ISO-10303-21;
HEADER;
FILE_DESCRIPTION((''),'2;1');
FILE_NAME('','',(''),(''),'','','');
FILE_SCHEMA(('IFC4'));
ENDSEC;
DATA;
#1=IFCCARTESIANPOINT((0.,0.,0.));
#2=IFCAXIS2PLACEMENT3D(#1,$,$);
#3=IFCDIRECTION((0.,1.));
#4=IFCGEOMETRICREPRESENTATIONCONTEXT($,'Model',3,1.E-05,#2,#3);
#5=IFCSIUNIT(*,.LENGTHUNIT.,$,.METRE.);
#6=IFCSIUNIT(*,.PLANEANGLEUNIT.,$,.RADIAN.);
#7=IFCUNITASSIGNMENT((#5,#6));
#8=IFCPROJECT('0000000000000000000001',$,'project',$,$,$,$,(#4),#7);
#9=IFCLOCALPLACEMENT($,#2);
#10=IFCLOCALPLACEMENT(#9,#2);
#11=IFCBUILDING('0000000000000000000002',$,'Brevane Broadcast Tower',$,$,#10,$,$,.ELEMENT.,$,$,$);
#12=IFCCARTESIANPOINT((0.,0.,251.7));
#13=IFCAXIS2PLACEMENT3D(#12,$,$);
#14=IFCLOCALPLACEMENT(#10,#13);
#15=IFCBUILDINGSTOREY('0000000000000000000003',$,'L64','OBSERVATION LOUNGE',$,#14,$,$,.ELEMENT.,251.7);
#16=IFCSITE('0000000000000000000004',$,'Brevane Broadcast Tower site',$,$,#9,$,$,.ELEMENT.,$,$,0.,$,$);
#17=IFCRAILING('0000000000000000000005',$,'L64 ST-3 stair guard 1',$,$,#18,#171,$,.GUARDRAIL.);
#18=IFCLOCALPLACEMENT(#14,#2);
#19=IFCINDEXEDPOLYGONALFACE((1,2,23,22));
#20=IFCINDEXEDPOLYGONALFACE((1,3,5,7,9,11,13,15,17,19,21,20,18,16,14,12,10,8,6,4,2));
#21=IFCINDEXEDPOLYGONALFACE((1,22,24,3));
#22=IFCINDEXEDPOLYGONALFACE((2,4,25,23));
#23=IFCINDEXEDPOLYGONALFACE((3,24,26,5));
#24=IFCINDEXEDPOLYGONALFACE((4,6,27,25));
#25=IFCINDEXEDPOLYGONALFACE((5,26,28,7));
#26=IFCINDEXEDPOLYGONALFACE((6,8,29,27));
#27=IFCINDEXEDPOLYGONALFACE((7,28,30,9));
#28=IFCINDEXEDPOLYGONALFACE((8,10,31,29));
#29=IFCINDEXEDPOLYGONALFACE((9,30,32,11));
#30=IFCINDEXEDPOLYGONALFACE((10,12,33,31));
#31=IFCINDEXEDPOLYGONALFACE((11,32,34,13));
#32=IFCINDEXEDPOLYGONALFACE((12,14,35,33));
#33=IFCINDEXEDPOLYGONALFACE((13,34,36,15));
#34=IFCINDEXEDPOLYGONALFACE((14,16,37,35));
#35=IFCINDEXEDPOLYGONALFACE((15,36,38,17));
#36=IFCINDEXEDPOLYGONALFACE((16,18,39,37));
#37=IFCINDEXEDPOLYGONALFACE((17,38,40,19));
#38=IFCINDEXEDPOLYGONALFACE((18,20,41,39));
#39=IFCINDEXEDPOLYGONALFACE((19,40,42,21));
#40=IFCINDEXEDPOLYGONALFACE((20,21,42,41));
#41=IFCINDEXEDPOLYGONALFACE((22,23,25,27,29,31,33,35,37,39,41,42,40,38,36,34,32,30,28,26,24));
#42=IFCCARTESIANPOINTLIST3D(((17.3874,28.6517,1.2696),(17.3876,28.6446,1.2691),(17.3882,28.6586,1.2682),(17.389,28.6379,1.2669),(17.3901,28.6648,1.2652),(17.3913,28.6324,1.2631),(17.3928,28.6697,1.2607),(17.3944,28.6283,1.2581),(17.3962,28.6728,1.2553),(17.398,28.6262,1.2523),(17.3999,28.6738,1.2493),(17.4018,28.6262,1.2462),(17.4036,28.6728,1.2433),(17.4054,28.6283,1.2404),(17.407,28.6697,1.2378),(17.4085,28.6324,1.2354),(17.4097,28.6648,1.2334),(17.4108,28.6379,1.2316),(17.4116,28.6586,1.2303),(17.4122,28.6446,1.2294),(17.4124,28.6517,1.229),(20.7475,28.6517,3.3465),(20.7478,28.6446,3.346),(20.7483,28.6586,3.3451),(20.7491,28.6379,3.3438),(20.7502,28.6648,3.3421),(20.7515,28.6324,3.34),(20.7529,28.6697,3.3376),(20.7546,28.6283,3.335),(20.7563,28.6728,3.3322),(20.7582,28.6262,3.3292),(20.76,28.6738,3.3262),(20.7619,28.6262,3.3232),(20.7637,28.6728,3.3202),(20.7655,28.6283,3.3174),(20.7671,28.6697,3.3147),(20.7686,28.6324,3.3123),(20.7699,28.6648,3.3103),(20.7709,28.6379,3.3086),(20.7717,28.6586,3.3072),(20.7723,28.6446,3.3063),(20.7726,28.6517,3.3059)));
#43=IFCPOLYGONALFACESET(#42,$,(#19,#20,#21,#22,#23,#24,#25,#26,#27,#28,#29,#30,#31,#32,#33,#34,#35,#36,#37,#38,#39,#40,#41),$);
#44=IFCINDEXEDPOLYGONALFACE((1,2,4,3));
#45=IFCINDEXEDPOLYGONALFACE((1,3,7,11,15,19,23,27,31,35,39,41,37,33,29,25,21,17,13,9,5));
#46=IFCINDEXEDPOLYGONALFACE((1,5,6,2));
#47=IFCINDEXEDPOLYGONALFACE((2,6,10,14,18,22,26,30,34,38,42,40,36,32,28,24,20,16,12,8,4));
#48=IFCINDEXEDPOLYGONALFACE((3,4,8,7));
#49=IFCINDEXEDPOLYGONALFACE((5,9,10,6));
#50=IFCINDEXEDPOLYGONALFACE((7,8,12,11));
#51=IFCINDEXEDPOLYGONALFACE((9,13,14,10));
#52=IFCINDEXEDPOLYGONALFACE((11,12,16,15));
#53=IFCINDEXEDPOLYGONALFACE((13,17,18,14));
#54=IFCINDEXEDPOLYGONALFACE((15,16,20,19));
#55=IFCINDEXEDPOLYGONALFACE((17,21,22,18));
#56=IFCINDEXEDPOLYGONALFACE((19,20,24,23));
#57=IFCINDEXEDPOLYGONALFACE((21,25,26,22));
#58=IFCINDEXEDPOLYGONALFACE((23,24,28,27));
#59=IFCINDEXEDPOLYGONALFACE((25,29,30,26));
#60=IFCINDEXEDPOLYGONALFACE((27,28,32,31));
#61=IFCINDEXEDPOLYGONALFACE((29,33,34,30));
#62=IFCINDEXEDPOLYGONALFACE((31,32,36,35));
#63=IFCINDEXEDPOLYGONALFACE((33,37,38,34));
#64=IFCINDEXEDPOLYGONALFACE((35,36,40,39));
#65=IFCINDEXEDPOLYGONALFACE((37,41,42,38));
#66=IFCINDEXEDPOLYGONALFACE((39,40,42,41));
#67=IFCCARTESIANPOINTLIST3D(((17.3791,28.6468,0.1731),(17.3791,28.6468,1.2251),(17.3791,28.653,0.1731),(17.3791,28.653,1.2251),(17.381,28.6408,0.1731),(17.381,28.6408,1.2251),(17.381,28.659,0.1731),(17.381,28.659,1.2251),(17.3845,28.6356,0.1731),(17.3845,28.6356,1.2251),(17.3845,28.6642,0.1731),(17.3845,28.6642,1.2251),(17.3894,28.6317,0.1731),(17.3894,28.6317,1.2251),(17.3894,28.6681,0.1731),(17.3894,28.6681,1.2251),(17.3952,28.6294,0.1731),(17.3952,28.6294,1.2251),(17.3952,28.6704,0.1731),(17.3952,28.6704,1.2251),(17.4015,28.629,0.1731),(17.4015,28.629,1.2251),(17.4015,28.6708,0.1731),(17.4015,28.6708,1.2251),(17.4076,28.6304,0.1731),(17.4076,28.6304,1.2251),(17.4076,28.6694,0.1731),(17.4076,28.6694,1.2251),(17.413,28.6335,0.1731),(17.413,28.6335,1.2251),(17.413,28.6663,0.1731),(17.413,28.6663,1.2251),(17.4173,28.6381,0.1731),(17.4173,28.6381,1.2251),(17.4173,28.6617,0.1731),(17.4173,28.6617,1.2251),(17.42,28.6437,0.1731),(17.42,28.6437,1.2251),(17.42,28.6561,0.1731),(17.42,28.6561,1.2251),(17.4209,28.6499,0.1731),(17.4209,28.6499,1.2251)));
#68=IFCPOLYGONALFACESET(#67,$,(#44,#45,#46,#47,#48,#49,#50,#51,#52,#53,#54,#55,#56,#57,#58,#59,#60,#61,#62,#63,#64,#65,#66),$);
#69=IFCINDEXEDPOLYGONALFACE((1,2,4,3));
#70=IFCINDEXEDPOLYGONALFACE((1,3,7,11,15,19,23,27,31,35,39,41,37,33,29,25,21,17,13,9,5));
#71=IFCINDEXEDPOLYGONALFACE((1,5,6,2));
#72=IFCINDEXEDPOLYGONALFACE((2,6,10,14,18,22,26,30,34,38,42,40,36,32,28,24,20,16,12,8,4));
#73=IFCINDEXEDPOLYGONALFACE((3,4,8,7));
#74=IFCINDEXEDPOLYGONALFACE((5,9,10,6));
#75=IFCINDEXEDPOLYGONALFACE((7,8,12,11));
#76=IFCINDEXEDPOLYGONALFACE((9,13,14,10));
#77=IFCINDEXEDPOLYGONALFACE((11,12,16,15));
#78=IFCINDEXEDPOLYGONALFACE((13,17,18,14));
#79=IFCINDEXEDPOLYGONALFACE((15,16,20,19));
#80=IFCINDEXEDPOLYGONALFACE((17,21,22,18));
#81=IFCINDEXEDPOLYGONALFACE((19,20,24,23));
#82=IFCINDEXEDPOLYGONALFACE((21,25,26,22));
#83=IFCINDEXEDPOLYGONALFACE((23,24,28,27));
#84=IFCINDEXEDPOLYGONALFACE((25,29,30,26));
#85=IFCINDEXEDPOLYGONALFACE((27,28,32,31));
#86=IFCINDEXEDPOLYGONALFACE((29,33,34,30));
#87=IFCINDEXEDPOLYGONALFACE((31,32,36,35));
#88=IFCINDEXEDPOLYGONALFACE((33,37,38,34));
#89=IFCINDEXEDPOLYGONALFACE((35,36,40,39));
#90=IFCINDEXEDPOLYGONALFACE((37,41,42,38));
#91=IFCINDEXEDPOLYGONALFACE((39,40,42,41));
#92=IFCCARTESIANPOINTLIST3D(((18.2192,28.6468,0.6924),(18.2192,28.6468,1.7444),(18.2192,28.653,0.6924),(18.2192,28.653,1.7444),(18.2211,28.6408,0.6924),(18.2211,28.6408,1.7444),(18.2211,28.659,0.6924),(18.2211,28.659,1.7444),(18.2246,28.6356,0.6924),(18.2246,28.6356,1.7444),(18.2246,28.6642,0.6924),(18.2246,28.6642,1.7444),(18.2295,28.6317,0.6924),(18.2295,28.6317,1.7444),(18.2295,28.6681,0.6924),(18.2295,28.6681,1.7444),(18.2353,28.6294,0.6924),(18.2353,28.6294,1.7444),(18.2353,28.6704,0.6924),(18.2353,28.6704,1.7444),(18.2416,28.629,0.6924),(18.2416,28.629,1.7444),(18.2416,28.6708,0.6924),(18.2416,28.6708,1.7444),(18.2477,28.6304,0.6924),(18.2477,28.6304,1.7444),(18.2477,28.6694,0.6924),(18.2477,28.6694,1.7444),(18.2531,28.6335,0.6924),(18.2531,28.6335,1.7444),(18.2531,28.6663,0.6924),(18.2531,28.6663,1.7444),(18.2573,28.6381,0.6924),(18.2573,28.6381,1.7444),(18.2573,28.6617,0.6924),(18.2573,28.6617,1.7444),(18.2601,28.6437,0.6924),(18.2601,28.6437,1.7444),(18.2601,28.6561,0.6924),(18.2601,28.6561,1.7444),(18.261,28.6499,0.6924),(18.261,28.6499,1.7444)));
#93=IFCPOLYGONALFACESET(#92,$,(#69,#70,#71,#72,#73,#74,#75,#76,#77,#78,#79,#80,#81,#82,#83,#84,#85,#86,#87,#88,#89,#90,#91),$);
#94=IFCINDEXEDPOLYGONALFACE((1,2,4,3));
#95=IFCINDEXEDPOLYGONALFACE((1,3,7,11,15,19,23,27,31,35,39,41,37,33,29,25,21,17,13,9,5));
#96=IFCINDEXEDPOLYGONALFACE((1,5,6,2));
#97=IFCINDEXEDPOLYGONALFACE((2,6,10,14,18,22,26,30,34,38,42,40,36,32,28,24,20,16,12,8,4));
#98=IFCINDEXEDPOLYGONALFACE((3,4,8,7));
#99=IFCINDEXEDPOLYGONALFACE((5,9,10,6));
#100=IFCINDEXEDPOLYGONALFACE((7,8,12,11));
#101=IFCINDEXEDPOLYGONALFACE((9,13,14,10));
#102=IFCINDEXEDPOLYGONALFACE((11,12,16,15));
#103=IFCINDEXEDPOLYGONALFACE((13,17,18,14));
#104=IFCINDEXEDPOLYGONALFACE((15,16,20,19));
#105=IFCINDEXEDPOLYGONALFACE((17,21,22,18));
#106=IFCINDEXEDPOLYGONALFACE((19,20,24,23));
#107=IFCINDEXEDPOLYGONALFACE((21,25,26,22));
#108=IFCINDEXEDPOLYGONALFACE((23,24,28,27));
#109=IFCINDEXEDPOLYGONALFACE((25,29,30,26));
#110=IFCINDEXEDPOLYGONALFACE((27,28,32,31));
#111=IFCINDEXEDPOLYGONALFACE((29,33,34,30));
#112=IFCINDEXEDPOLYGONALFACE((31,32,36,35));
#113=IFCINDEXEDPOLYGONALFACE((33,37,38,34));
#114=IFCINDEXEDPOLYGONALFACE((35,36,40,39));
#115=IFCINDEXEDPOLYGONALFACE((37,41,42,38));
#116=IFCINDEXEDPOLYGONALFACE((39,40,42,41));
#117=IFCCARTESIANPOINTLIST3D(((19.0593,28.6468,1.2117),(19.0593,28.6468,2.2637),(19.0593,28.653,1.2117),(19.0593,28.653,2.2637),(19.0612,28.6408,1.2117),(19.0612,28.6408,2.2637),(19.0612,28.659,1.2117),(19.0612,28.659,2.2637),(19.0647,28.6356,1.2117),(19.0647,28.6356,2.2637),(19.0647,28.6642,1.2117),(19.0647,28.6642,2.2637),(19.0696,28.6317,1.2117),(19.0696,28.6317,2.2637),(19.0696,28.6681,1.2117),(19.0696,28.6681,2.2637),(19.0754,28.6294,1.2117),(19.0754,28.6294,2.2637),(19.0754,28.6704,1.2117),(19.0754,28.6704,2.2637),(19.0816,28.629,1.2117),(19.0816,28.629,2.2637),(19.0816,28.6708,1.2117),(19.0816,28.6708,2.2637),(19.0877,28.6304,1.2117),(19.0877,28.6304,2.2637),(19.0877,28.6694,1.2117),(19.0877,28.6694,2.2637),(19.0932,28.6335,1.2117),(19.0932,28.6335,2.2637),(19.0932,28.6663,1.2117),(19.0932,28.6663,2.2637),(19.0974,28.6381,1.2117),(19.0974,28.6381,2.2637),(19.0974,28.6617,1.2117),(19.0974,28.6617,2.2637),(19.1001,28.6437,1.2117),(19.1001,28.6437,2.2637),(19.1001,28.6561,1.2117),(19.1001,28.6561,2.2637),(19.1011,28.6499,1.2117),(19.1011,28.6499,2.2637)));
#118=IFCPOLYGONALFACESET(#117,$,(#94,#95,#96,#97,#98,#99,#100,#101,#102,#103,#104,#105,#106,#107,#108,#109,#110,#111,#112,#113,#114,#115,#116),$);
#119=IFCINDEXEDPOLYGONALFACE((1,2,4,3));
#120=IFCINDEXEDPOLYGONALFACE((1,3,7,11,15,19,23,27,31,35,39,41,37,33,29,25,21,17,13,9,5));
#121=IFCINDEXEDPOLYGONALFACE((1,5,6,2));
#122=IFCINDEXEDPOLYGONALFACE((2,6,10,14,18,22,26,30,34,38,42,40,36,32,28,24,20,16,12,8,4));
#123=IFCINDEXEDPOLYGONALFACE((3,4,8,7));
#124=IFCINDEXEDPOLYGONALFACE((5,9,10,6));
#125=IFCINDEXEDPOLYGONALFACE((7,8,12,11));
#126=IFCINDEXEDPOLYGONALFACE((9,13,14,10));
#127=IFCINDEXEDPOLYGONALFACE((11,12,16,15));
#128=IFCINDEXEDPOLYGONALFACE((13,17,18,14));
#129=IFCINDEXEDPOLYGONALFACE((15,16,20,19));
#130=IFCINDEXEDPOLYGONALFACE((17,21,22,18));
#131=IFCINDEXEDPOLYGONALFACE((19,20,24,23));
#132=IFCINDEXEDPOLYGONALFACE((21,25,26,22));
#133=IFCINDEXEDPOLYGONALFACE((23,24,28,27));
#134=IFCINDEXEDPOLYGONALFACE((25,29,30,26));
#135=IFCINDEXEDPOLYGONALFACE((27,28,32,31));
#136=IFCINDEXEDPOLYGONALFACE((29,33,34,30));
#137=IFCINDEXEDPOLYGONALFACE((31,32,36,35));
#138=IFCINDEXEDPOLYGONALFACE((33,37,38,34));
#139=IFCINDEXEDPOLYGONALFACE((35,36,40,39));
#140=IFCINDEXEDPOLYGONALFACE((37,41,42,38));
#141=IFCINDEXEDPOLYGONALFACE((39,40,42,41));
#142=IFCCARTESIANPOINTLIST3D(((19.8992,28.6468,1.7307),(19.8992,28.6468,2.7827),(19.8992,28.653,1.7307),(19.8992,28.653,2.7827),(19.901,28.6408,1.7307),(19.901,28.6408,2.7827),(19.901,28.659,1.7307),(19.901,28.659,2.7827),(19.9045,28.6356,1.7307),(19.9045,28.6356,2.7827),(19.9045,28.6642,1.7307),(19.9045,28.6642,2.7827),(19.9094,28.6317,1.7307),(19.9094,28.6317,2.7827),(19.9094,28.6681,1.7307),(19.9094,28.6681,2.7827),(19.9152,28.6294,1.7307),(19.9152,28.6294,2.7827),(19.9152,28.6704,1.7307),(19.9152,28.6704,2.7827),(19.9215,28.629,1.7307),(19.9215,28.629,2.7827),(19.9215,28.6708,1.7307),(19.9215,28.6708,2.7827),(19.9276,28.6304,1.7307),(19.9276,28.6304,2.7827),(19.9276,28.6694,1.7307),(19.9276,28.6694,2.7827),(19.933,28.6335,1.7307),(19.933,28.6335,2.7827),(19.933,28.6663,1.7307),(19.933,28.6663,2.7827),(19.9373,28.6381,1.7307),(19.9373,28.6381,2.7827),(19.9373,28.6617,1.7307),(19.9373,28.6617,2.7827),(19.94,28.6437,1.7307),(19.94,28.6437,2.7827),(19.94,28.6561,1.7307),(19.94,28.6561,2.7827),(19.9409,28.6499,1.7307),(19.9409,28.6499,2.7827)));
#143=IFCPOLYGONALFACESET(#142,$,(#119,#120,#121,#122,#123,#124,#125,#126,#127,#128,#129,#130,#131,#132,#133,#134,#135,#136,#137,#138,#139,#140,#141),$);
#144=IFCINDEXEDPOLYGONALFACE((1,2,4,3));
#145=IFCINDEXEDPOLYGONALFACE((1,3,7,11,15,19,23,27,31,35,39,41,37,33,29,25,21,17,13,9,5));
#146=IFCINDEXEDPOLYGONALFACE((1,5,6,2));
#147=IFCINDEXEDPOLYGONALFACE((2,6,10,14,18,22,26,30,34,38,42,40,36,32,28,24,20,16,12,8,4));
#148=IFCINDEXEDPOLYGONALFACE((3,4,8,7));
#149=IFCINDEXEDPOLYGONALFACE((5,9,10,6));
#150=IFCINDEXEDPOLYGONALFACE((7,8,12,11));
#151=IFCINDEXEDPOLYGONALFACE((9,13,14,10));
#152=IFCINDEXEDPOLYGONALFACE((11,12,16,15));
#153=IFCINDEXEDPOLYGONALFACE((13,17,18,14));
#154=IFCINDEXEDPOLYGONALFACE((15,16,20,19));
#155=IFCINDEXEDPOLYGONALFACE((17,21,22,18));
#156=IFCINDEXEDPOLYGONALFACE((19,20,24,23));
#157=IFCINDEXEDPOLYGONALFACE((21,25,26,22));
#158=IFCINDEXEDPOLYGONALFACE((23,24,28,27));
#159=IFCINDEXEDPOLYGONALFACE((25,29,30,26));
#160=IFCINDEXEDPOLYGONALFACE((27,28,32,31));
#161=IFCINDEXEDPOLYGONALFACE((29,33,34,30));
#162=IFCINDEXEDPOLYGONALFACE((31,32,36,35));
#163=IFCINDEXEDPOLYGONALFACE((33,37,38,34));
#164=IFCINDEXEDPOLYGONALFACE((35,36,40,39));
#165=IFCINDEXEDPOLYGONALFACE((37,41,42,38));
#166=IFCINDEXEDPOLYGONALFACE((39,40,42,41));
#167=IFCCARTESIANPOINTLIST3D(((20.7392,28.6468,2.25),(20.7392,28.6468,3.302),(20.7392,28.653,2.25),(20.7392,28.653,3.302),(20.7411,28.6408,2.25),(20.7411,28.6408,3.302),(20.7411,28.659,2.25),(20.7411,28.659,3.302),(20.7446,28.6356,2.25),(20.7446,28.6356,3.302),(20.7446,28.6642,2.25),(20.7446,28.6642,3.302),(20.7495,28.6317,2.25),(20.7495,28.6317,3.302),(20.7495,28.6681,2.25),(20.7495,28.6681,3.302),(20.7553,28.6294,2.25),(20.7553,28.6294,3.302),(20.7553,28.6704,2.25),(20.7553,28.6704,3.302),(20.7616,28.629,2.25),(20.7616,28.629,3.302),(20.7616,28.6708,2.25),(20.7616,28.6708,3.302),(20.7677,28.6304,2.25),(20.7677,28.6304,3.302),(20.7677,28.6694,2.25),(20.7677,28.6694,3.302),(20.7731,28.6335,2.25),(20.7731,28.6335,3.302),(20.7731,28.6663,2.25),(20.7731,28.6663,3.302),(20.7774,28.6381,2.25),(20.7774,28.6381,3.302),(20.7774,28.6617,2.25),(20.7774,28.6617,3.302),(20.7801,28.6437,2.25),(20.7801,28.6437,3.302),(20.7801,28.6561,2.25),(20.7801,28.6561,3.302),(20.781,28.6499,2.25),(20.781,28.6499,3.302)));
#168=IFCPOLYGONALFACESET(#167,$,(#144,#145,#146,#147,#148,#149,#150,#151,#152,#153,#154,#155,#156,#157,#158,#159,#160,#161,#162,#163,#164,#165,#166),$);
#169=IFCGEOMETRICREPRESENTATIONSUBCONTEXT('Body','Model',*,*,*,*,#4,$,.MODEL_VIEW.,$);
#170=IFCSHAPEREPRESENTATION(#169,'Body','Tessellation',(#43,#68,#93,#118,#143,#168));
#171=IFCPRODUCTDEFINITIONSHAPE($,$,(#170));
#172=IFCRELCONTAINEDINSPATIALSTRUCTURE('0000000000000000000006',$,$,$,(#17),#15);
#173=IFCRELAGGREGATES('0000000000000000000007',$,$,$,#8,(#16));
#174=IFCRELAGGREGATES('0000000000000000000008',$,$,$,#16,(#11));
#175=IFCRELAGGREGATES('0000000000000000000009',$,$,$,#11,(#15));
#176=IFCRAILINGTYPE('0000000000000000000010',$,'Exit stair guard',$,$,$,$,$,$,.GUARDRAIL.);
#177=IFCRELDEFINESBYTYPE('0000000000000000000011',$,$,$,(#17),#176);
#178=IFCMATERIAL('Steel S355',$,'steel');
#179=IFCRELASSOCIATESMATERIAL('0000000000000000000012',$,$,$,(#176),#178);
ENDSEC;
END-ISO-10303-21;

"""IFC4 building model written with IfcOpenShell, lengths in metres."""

from ifc_helpers import new_model, si_unit, direction, frame, origin, origin_2d, place, context, subcontext, project, spatial, circle, extrude, material, type_object, element, save


model = new_model("IFC4")

# Units and contexts
model_context = context("Model", 3, precision=1e-05, world=origin(), true_north=direction((0.0, 1.0)))
body_context = subcontext(model_context, "Body", "Model", "MODEL_VIEW")
ifc_project = project(units=[si_unit("LENGTHUNIT", "METRE"), si_unit("PLANEANGLEUNIT", "RADIAN")], contexts=[model_context])

# Site, building, storey
site_placement = place(None, origin())
site = spatial("IfcSite", under=ifc_project, at=site_placement, Name="Brevane Broadcast Tower site", CompositionType="ELEMENT", RefElevation=0.0)
building_placement = place(site_placement, origin())
building = spatial("IfcBuilding", under=site, at=building_placement, Name="Brevane Broadcast Tower", CompositionType="ELEMENT")
storey_placement = place(building_placement, frame((0.0, 0.0, 251.7)))
storey = spatial("IfcBuildingStorey", under=building, at=storey_placement, Name="L64", Description="OBSERVATION LOUNGE", CompositionType="ELEMENT", Elevation=251.7)

# Railing
ifc_material_1 = material(Name="Steel S355", Category="steel")
railing_type = type_object("IfcRailingType", Name="Exit stair guard", PredefinedType="GUARDRAIL", material=ifc_material_1)
railing_1_placement = place(storey_placement, frame((17.3999, 28.6499, 0.1731)))
element("IfcRailing", 1, at=railing_1_placement, inside=storey, type_object=railing_type, Name="L64 ST-3 stair guard 1", PredefinedType="GUARDRAIL", context=body_context, shape_type="SweptSolid", body=[
    extrude(circle(Radius=0.0239, at=origin_2d()), frame((0.0, 0.0, 1.0762), z_axis=(0.850623, 0.0, 0.525776), x_axis=(0.0, 1.0, 0.0)), (0.0, 0.0, 1.0), 3.9502),
    extrude(circle(Radius=0.021, at=origin_2d()), origin(), (0.0, 0.0, 1.0), 1.052),
    extrude(circle(Radius=0.021, at=origin_2d()), frame((0.8401, 0.0, 0.5193)), (0.0, 0.0, 1.0), 1.052),
    extrude(circle(Radius=0.021, at=origin_2d()), frame((1.6802, 0.0, 1.0386)), (0.0, 0.0, 1.0), 1.052),
    extrude(circle(Radius=0.021, at=origin_2d()), frame((2.52, 0.0, 1.5576)), (0.0, 0.0, 1.0), 1.052),
    extrude(circle(Radius=0.021, at=origin_2d()), frame((3.3601, 0.0, 2.0769)), (0.0, 0.0, 1.0), 1.052),
])

save(model, "model.ifc")
